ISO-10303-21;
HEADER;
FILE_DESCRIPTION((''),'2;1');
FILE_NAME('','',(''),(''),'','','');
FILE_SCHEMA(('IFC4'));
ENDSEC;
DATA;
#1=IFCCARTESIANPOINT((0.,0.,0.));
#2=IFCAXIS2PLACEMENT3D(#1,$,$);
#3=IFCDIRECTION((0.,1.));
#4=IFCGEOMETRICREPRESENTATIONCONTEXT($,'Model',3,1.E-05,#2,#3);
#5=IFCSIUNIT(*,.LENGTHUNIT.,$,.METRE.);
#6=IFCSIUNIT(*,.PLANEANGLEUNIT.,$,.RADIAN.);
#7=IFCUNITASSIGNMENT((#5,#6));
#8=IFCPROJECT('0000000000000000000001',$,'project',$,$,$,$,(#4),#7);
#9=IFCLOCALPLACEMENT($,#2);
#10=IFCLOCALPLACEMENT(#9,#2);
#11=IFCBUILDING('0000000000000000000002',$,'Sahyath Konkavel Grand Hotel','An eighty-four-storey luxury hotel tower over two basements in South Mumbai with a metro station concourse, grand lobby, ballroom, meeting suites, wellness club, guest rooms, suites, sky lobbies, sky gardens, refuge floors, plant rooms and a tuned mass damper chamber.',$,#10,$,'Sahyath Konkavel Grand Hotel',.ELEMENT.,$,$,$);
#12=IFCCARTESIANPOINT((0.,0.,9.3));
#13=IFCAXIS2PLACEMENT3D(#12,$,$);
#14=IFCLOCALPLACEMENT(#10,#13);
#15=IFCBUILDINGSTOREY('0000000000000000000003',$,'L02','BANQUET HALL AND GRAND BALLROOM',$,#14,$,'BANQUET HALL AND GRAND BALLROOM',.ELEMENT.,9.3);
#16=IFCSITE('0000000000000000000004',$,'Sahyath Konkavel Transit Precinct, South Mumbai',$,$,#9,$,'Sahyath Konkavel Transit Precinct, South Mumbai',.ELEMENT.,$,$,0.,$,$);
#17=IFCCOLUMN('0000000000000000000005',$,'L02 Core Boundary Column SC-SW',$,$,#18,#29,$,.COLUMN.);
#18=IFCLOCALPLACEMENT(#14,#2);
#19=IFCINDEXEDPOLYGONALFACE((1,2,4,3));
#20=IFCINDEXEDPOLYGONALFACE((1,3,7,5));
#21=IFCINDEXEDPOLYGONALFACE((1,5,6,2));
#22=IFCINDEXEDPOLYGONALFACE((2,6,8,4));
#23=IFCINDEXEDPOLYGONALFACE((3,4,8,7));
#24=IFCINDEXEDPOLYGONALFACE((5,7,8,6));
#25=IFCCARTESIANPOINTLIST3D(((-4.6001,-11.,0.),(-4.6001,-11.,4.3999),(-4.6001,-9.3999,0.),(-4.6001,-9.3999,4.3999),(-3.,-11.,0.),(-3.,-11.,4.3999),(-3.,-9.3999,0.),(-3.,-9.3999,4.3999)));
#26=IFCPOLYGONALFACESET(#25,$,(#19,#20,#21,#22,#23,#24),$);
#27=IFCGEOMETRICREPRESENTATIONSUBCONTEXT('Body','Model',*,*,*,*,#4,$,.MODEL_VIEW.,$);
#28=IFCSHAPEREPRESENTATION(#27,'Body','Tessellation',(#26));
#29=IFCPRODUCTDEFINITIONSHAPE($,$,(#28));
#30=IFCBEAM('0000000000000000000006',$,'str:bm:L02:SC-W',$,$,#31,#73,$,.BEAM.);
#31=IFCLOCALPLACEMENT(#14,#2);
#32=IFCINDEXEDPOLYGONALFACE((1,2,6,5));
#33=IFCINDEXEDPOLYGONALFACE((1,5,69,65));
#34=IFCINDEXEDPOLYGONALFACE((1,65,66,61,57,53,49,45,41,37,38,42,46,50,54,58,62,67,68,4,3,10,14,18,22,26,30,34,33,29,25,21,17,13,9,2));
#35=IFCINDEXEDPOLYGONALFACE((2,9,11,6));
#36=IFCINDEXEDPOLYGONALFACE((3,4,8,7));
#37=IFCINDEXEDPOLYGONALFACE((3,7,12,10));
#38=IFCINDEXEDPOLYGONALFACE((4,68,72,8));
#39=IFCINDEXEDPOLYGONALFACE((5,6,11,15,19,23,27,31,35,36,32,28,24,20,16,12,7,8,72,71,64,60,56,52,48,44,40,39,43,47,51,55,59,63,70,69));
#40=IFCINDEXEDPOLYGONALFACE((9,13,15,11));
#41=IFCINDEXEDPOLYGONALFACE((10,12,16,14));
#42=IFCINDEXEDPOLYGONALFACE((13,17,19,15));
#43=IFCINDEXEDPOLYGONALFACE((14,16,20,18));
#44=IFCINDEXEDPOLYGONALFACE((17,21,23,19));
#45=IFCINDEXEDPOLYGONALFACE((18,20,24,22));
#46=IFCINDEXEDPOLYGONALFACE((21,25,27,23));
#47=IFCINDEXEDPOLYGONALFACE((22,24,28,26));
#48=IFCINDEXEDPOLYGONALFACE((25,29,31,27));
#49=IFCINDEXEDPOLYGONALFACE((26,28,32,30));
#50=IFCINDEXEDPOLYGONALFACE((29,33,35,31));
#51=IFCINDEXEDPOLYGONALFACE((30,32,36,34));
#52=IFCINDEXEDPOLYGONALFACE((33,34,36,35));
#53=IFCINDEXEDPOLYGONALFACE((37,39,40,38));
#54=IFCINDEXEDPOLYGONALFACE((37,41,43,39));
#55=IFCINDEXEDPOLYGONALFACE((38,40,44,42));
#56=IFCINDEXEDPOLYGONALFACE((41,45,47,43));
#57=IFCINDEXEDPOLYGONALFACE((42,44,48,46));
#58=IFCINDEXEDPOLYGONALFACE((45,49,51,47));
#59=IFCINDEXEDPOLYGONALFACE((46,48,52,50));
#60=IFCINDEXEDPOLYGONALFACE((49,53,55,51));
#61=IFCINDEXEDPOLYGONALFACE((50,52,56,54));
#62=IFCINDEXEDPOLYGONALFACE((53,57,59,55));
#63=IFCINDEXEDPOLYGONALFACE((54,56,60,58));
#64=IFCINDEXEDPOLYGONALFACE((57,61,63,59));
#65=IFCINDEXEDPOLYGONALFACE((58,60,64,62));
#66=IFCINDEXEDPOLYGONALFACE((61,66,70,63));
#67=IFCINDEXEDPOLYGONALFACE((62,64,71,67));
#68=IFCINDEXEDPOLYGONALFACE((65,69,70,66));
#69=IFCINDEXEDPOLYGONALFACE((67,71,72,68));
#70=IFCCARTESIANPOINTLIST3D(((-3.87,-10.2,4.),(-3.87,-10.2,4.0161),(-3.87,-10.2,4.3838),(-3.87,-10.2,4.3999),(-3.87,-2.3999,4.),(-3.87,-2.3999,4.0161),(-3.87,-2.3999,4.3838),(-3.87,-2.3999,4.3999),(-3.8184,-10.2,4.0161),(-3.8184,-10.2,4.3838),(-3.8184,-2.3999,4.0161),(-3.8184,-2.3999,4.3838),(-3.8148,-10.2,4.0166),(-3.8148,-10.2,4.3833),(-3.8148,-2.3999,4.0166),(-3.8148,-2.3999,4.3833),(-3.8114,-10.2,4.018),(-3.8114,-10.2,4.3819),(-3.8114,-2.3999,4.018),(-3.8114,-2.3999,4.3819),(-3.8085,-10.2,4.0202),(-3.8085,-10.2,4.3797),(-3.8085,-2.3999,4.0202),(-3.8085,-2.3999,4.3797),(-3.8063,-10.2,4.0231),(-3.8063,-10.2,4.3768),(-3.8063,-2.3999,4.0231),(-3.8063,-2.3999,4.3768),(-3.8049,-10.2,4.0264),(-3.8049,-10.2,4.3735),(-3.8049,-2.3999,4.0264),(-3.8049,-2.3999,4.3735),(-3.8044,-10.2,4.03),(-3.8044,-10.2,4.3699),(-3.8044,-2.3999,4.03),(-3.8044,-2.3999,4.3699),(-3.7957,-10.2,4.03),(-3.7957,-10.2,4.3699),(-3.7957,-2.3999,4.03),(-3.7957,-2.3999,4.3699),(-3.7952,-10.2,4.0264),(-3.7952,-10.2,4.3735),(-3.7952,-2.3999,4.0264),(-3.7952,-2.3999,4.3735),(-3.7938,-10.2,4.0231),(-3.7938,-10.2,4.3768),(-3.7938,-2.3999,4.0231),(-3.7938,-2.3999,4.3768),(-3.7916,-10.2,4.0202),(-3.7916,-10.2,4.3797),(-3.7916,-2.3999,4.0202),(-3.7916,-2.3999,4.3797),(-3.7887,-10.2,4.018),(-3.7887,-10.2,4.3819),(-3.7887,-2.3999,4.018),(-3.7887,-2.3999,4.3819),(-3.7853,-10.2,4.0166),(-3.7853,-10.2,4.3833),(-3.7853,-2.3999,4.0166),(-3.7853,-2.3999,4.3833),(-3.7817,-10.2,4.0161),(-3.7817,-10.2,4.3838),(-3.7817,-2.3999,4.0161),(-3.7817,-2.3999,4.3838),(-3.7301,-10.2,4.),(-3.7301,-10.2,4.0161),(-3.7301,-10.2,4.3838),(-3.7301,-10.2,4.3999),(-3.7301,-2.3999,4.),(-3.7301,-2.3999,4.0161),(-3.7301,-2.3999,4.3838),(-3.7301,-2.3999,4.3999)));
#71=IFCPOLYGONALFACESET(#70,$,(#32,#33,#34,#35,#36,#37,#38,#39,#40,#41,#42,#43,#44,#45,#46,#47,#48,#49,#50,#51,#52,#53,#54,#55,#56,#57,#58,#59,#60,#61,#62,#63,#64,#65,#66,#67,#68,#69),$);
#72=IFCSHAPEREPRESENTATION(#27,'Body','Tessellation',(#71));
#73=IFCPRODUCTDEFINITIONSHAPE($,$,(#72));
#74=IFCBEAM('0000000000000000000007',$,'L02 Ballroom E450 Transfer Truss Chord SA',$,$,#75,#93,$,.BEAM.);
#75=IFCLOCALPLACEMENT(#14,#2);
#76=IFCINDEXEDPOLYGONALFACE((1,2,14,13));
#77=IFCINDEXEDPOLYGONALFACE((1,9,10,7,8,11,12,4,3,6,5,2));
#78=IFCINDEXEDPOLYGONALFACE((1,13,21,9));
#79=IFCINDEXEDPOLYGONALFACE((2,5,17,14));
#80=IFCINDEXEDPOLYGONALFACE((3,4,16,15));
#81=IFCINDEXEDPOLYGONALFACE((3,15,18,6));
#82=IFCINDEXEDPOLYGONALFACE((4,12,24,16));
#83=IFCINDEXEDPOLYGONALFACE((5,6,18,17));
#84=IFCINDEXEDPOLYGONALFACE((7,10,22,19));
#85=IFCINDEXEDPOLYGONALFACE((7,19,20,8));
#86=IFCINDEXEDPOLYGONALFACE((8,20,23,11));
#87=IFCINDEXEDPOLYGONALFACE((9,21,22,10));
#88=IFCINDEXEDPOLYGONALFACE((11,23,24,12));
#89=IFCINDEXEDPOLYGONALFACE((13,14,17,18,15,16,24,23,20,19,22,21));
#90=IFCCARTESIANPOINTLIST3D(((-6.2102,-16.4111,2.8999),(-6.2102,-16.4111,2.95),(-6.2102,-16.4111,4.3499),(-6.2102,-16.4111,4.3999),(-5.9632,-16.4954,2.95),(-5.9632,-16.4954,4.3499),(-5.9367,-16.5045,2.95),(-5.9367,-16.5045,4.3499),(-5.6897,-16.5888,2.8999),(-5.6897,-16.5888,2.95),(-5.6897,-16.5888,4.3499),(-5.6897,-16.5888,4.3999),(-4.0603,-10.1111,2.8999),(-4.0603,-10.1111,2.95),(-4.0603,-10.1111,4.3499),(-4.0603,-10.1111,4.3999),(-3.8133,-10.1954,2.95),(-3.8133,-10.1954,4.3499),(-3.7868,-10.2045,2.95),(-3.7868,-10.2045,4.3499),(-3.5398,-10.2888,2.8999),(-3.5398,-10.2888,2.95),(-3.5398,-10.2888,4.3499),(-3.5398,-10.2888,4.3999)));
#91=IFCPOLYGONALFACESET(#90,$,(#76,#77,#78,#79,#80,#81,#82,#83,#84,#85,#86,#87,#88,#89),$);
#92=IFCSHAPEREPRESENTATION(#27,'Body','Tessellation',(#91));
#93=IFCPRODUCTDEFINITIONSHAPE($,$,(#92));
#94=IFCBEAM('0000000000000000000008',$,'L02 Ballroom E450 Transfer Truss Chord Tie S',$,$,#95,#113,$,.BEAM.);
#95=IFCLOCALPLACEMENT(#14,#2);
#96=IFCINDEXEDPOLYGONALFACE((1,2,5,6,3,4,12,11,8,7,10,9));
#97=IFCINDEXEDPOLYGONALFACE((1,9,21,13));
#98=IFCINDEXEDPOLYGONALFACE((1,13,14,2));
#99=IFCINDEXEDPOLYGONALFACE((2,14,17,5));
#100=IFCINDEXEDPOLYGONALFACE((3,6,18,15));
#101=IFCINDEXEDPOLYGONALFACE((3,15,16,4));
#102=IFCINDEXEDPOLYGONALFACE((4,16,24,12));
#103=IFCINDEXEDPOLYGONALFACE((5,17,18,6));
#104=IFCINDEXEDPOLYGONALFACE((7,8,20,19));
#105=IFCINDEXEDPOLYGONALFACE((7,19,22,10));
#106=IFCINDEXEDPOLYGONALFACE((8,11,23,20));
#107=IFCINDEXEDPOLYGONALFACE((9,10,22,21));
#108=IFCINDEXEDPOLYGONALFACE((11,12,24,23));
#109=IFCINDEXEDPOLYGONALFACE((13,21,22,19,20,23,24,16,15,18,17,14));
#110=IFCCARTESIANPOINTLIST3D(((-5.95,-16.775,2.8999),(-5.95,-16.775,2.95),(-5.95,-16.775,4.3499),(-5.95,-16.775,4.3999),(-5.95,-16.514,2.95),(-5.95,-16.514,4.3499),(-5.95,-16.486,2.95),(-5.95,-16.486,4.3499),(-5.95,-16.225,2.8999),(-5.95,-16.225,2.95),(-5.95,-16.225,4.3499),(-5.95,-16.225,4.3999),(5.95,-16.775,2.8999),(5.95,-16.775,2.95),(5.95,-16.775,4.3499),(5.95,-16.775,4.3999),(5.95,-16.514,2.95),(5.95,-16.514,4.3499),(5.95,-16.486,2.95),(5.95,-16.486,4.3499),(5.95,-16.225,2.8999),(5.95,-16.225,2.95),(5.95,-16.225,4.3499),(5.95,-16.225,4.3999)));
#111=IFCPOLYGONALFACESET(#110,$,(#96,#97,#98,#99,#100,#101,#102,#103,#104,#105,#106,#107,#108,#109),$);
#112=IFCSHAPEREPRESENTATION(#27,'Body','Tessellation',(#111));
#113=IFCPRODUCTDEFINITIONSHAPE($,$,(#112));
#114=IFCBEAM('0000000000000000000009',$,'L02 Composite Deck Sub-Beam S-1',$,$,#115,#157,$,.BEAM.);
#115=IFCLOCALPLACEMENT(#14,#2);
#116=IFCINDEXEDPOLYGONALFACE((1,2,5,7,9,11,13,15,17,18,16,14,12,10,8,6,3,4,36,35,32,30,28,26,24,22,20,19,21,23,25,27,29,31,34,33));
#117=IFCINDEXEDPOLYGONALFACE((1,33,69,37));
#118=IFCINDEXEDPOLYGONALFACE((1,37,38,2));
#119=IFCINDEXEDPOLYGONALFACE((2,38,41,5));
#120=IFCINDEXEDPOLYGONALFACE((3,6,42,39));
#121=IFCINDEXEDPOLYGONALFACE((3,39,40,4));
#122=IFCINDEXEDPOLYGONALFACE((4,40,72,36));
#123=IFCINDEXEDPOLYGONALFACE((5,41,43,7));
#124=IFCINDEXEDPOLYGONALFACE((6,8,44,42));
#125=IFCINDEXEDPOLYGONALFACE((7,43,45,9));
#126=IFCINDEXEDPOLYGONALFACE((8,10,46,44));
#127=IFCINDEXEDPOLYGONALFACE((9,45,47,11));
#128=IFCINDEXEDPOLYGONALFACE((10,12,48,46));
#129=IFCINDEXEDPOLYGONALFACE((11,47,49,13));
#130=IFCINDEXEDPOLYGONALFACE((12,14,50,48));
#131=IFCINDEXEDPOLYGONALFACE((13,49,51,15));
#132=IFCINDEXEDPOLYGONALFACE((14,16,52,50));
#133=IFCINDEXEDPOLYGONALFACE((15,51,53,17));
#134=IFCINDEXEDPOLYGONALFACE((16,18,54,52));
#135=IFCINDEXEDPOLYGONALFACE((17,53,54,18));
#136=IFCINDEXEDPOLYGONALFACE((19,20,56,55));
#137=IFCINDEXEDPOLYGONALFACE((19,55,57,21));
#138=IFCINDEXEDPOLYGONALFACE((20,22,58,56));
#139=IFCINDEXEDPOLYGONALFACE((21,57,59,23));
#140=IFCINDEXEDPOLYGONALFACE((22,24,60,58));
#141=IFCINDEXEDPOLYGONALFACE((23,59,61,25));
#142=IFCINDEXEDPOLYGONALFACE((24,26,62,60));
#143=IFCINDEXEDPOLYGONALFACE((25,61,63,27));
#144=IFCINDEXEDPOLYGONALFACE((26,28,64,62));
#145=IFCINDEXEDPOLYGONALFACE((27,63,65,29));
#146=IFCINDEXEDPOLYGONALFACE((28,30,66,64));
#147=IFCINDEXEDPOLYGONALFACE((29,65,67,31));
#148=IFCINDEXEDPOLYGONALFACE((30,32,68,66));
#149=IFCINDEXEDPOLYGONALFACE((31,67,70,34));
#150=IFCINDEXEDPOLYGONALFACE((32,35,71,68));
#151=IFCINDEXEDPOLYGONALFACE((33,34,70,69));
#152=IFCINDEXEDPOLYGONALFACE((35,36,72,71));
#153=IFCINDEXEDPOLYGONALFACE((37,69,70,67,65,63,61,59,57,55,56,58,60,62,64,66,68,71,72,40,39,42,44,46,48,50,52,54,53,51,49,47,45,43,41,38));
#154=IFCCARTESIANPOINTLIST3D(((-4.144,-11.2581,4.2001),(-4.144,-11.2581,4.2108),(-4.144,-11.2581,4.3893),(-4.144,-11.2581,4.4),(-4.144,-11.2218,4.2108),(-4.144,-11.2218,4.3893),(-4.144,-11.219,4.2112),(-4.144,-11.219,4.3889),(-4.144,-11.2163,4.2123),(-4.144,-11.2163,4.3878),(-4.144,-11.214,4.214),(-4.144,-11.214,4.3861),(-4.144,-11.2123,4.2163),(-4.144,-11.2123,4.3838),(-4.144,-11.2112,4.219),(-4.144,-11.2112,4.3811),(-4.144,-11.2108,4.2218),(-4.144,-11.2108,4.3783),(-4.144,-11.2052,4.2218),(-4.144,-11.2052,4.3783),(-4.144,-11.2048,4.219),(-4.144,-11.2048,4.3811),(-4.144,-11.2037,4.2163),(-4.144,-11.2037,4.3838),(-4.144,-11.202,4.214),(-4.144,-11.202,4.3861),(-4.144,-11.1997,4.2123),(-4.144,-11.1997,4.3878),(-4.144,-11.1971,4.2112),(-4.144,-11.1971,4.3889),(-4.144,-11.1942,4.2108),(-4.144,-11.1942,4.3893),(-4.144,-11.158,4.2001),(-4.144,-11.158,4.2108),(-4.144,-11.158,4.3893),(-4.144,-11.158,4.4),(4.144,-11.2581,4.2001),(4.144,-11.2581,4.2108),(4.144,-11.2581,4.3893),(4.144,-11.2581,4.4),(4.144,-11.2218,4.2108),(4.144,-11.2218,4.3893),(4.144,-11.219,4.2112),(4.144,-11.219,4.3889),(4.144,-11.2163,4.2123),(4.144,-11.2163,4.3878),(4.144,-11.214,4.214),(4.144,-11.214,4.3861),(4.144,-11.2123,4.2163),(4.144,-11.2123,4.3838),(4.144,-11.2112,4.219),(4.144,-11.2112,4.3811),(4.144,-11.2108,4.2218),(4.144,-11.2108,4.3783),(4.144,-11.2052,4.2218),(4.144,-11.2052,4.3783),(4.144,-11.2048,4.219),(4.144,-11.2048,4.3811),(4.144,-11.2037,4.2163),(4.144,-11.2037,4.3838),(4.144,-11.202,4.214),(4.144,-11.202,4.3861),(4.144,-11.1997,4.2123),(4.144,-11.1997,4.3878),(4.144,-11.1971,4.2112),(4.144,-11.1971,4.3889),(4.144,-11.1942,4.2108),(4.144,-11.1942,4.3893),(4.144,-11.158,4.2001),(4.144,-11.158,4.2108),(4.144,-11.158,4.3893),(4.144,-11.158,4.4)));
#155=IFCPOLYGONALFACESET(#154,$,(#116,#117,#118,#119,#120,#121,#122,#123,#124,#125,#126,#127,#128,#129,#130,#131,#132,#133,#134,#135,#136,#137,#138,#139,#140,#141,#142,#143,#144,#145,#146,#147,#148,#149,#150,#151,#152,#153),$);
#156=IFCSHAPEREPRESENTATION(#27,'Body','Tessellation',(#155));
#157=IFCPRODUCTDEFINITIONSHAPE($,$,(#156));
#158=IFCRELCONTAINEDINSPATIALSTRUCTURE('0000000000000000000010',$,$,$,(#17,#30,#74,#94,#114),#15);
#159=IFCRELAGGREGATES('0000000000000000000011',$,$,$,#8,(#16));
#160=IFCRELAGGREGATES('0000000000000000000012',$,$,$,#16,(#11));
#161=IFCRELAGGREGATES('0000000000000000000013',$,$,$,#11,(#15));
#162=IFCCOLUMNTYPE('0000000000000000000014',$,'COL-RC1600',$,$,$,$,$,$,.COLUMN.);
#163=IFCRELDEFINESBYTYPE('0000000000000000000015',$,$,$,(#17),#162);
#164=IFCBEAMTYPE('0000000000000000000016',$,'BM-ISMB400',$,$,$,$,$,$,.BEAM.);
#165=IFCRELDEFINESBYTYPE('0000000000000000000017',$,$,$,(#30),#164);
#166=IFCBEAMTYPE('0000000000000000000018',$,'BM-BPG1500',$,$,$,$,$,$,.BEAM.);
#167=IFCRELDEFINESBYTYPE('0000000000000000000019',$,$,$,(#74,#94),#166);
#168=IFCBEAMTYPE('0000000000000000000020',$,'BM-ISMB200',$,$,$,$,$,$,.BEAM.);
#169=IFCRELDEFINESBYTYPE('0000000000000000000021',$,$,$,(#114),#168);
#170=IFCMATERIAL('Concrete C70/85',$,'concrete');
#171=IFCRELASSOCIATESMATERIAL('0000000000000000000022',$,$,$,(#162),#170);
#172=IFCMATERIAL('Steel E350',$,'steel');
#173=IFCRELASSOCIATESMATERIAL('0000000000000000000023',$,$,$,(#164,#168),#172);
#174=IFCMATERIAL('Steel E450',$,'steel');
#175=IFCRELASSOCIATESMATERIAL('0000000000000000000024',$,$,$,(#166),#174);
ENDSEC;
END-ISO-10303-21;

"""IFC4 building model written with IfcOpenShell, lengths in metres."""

from ifc_helpers import new_model, si_unit, direction, frame, origin, origin_2d, place, context, subcontext, project, spatial, rectangle, i_section, extrude, source, transform, mapped, material, material_profile, profile_set, type_object, element, save


model = new_model("IFC4")

# Units and contexts
model_context = context("Model", 3, precision=1e-05, world=origin(), true_north=direction((0.0, 1.0)))
body_context = subcontext(model_context, "Body", "Model", "MODEL_VIEW")
ifc_project = project(units=[si_unit("LENGTHUNIT", "METRE"), si_unit("PLANEANGLEUNIT", "RADIAN")], contexts=[model_context])

# Site, building, storey
site_placement = place(None, origin())
site = spatial("IfcSite", under=ifc_project, at=site_placement, Name="Sahyath Konkavel Transit Precinct, South Mumbai", LongName="Sahyath Konkavel Transit Precinct, South Mumbai", CompositionType="ELEMENT", RefElevation=0.0)
building_placement = place(site_placement, origin())
building = spatial("IfcBuilding", under=site, at=building_placement, Name="Sahyath Konkavel Grand Hotel", Description="An eighty-four-storey luxury hotel tower over two basements in South Mumbai with a metro station concourse, grand lobby, ballroom, meeting suites, wellness club, guest rooms, suites, sky lobbies, sky gardens, refuge floors, plant rooms and a tuned mass damper chamber.", LongName="Sahyath Konkavel Grand Hotel", CompositionType="ELEMENT")
storey_placement = place(building_placement, frame((0.0, 0.0, 9.3)))
storey = spatial("IfcBuildingStorey", under=building, at=storey_placement, Name="L02", Description="BANQUET HALL AND GRAND BALLROOM", LongName="BANQUET HALL AND GRAND BALLROOM", CompositionType="ELEMENT", Elevation=9.3)

# Column
ifc_material_1 = material(Name="Concrete C70/85", Category="concrete")
ifc_material_profile_1 = material_profile(ifc_material_1, rectangle(XDim=1.6001, YDim=1.6001, at=origin_2d()), Name="RC 1600x1600")
ifc_profile_set_1 = profile_set([ifc_material_profile_1], Name="Concrete C70/85")
column_type = type_object("IfcColumnType", Name="COL-RC1600", PredefinedType="COLUMN", material=ifc_profile_set_1)
shared_shape_1 = source(origin(), body_context, "Body", "SweptSolid", [
    extrude(rectangle(XDim=1.6001, YDim=1.6001, at=origin_2d()), origin(), (0.0, 0.0, 1.0), 4.3999),
])
column_placement = place(storey_placement, frame((-3.8, -10.2, 0.0), z_axis=(0.0, 0.0, 1.0), x_axis=(1.0, 0.0, 0.0)))
element("IfcColumn", 1, at=column_placement, inside=storey, type_object=column_type, Name="L02 Core Boundary Column SC-SW", PredefinedType="COLUMN", context=body_context, shape_type="MappedRepresentation", body=[
    mapped(shared_shape_1, transform((0.0, 0.0, 0.0), scale=1.0)),
])

# Beams
ifc_material_2 = material(Name="Steel E350", Category="steel")
ifc_material_profile_2 = material_profile(ifc_material_2, i_section(OverallWidth=0.1399, OverallDepth=0.3999, WebThickness=0.0088, FlangeThickness=0.0161, FilletRadius=0.0139, at=origin_2d()), Name="ISMB 400")
ifc_profile_set_2 = profile_set([ifc_material_profile_2], Name="Steel E350")
beam_type_1 = type_object("IfcBeamType", Name="BM-ISMB400", PredefinedType="BEAM", material=ifc_profile_set_2)
shared_shape_2 = source(origin(), body_context, "Body", "SweptSolid", [
    extrude(i_section(OverallWidth=0.1399, OverallDepth=0.3999, WebThickness=0.0088, FlangeThickness=0.0161, FilletRadius=0.0139, at=origin_2d()), origin(), (0.0, 0.0, 1.0), 7.8),
])
beam_1_placement = place(storey_placement, frame((-3.8, -10.2, 4.2), z_axis=(0.0, 1.0, 0.0), x_axis=(-1.0, 0.0, 0.0)))
element("IfcBeam", 2, at=beam_1_placement, inside=storey, type_object=beam_type_1, Name="str:bm:L02:SC-W", PredefinedType="BEAM", context=body_context, shape_type="MappedRepresentation", body=[
    mapped(shared_shape_2, transform((0.0, 0.0, 0.0), scale=1.0)),
])
ifc_material_3 = material(Name="Steel E450", Category="steel")
ifc_material_profile_3 = material_profile(ifc_material_3, i_section(OverallWidth=0.55, OverallDepth=1.5, WebThickness=0.0281, FlangeThickness=0.05, at=origin_2d()), Name="BPG 1500x550")
ifc_profile_set_3 = profile_set([ifc_material_profile_3], Name="Steel E450")
beam_type_2 = type_object("IfcBeamType", Name="BM-BPG1500", PredefinedType="BEAM", material=ifc_profile_set_3)
shared_shape_3 = source(origin(), body_context, "Body", "SweptSolid", [
    extrude(i_section(OverallWidth=0.55, OverallDepth=1.5, WebThickness=0.0281, FlangeThickness=0.05, at=origin_2d()), origin(), (0.0, 0.0, 1.0), 6.6567),
])
beam_2_placement = place(storey_placement, frame((-3.8, -10.2, 3.6499), z_axis=(-0.322964, -0.946411, 0.0), x_axis=(0.946411, -0.322964, 0.0)))
element("IfcBeam", 3, at=beam_2_placement, inside=storey, type_object=beam_type_2, Name="L02 Ballroom E450 Transfer Truss Chord SA", PredefinedType="BEAM", context=body_context, shape_type="MappedRepresentation", body=[
    mapped(shared_shape_3, transform((0.0, 0.0, 0.0), scale=1.0)),
])
shared_shape_4 = source(origin(), body_context, "Body", "SweptSolid", [
    extrude(i_section(OverallWidth=0.55, OverallDepth=1.5, WebThickness=0.0281, FlangeThickness=0.05, at=origin_2d()), origin(), (0.0, 0.0, 1.0), 11.8999),
])
beam_3_placement = place(storey_placement, frame((-5.95, -16.5, 3.6499), z_axis=(1.0, 0.0, 0.0), x_axis=(0.0, 1.0, 0.0)))
element("IfcBeam", 4, at=beam_3_placement, inside=storey, type_object=beam_type_2, Name="L02 Ballroom E450 Transfer Truss Chord Tie S", PredefinedType="BEAM", context=body_context, shape_type="MappedRepresentation", body=[
    mapped(shared_shape_4, transform((0.0, 0.0, 0.0), scale=1.0)),
])
ifc_material_profile_4 = material_profile(ifc_material_2, i_section(OverallWidth=0.1001, OverallDepth=0.2, WebThickness=0.0056, FlangeThickness=0.0107, FilletRadius=0.011, at=origin_2d()), Name="ISMB 200")
ifc_profile_set_4 = profile_set([ifc_material_profile_4], Name="Steel E350")
beam_type_3 = type_object("IfcBeamType", Name="BM-ISMB200", PredefinedType="BEAM", material=ifc_profile_set_4)
shared_shape_5 = source(origin(), body_context, "Body", "SweptSolid", [
    extrude(i_section(OverallWidth=0.1001, OverallDepth=0.2, WebThickness=0.0056, FlangeThickness=0.0107, FilletRadius=0.011, at=origin_2d()), origin(), (0.0, 0.0, 1.0), 8.2881),
])
beam_4_placement = place(storey_placement, frame((-4.144, -11.208, 4.3), z_axis=(1.0, 0.0, 0.0), x_axis=(0.0, 1.0, 0.0)))
element("IfcBeam", 5, at=beam_4_placement, inside=storey, type_object=beam_type_3, Name="L02 Composite Deck Sub-Beam S-1", PredefinedType="BEAM", context=body_context, shape_type="MappedRepresentation", body=[
    mapped(shared_shape_5, transform((0.0, 0.0, 0.0), scale=1.0)),
])

save(model, "model.ifc")
